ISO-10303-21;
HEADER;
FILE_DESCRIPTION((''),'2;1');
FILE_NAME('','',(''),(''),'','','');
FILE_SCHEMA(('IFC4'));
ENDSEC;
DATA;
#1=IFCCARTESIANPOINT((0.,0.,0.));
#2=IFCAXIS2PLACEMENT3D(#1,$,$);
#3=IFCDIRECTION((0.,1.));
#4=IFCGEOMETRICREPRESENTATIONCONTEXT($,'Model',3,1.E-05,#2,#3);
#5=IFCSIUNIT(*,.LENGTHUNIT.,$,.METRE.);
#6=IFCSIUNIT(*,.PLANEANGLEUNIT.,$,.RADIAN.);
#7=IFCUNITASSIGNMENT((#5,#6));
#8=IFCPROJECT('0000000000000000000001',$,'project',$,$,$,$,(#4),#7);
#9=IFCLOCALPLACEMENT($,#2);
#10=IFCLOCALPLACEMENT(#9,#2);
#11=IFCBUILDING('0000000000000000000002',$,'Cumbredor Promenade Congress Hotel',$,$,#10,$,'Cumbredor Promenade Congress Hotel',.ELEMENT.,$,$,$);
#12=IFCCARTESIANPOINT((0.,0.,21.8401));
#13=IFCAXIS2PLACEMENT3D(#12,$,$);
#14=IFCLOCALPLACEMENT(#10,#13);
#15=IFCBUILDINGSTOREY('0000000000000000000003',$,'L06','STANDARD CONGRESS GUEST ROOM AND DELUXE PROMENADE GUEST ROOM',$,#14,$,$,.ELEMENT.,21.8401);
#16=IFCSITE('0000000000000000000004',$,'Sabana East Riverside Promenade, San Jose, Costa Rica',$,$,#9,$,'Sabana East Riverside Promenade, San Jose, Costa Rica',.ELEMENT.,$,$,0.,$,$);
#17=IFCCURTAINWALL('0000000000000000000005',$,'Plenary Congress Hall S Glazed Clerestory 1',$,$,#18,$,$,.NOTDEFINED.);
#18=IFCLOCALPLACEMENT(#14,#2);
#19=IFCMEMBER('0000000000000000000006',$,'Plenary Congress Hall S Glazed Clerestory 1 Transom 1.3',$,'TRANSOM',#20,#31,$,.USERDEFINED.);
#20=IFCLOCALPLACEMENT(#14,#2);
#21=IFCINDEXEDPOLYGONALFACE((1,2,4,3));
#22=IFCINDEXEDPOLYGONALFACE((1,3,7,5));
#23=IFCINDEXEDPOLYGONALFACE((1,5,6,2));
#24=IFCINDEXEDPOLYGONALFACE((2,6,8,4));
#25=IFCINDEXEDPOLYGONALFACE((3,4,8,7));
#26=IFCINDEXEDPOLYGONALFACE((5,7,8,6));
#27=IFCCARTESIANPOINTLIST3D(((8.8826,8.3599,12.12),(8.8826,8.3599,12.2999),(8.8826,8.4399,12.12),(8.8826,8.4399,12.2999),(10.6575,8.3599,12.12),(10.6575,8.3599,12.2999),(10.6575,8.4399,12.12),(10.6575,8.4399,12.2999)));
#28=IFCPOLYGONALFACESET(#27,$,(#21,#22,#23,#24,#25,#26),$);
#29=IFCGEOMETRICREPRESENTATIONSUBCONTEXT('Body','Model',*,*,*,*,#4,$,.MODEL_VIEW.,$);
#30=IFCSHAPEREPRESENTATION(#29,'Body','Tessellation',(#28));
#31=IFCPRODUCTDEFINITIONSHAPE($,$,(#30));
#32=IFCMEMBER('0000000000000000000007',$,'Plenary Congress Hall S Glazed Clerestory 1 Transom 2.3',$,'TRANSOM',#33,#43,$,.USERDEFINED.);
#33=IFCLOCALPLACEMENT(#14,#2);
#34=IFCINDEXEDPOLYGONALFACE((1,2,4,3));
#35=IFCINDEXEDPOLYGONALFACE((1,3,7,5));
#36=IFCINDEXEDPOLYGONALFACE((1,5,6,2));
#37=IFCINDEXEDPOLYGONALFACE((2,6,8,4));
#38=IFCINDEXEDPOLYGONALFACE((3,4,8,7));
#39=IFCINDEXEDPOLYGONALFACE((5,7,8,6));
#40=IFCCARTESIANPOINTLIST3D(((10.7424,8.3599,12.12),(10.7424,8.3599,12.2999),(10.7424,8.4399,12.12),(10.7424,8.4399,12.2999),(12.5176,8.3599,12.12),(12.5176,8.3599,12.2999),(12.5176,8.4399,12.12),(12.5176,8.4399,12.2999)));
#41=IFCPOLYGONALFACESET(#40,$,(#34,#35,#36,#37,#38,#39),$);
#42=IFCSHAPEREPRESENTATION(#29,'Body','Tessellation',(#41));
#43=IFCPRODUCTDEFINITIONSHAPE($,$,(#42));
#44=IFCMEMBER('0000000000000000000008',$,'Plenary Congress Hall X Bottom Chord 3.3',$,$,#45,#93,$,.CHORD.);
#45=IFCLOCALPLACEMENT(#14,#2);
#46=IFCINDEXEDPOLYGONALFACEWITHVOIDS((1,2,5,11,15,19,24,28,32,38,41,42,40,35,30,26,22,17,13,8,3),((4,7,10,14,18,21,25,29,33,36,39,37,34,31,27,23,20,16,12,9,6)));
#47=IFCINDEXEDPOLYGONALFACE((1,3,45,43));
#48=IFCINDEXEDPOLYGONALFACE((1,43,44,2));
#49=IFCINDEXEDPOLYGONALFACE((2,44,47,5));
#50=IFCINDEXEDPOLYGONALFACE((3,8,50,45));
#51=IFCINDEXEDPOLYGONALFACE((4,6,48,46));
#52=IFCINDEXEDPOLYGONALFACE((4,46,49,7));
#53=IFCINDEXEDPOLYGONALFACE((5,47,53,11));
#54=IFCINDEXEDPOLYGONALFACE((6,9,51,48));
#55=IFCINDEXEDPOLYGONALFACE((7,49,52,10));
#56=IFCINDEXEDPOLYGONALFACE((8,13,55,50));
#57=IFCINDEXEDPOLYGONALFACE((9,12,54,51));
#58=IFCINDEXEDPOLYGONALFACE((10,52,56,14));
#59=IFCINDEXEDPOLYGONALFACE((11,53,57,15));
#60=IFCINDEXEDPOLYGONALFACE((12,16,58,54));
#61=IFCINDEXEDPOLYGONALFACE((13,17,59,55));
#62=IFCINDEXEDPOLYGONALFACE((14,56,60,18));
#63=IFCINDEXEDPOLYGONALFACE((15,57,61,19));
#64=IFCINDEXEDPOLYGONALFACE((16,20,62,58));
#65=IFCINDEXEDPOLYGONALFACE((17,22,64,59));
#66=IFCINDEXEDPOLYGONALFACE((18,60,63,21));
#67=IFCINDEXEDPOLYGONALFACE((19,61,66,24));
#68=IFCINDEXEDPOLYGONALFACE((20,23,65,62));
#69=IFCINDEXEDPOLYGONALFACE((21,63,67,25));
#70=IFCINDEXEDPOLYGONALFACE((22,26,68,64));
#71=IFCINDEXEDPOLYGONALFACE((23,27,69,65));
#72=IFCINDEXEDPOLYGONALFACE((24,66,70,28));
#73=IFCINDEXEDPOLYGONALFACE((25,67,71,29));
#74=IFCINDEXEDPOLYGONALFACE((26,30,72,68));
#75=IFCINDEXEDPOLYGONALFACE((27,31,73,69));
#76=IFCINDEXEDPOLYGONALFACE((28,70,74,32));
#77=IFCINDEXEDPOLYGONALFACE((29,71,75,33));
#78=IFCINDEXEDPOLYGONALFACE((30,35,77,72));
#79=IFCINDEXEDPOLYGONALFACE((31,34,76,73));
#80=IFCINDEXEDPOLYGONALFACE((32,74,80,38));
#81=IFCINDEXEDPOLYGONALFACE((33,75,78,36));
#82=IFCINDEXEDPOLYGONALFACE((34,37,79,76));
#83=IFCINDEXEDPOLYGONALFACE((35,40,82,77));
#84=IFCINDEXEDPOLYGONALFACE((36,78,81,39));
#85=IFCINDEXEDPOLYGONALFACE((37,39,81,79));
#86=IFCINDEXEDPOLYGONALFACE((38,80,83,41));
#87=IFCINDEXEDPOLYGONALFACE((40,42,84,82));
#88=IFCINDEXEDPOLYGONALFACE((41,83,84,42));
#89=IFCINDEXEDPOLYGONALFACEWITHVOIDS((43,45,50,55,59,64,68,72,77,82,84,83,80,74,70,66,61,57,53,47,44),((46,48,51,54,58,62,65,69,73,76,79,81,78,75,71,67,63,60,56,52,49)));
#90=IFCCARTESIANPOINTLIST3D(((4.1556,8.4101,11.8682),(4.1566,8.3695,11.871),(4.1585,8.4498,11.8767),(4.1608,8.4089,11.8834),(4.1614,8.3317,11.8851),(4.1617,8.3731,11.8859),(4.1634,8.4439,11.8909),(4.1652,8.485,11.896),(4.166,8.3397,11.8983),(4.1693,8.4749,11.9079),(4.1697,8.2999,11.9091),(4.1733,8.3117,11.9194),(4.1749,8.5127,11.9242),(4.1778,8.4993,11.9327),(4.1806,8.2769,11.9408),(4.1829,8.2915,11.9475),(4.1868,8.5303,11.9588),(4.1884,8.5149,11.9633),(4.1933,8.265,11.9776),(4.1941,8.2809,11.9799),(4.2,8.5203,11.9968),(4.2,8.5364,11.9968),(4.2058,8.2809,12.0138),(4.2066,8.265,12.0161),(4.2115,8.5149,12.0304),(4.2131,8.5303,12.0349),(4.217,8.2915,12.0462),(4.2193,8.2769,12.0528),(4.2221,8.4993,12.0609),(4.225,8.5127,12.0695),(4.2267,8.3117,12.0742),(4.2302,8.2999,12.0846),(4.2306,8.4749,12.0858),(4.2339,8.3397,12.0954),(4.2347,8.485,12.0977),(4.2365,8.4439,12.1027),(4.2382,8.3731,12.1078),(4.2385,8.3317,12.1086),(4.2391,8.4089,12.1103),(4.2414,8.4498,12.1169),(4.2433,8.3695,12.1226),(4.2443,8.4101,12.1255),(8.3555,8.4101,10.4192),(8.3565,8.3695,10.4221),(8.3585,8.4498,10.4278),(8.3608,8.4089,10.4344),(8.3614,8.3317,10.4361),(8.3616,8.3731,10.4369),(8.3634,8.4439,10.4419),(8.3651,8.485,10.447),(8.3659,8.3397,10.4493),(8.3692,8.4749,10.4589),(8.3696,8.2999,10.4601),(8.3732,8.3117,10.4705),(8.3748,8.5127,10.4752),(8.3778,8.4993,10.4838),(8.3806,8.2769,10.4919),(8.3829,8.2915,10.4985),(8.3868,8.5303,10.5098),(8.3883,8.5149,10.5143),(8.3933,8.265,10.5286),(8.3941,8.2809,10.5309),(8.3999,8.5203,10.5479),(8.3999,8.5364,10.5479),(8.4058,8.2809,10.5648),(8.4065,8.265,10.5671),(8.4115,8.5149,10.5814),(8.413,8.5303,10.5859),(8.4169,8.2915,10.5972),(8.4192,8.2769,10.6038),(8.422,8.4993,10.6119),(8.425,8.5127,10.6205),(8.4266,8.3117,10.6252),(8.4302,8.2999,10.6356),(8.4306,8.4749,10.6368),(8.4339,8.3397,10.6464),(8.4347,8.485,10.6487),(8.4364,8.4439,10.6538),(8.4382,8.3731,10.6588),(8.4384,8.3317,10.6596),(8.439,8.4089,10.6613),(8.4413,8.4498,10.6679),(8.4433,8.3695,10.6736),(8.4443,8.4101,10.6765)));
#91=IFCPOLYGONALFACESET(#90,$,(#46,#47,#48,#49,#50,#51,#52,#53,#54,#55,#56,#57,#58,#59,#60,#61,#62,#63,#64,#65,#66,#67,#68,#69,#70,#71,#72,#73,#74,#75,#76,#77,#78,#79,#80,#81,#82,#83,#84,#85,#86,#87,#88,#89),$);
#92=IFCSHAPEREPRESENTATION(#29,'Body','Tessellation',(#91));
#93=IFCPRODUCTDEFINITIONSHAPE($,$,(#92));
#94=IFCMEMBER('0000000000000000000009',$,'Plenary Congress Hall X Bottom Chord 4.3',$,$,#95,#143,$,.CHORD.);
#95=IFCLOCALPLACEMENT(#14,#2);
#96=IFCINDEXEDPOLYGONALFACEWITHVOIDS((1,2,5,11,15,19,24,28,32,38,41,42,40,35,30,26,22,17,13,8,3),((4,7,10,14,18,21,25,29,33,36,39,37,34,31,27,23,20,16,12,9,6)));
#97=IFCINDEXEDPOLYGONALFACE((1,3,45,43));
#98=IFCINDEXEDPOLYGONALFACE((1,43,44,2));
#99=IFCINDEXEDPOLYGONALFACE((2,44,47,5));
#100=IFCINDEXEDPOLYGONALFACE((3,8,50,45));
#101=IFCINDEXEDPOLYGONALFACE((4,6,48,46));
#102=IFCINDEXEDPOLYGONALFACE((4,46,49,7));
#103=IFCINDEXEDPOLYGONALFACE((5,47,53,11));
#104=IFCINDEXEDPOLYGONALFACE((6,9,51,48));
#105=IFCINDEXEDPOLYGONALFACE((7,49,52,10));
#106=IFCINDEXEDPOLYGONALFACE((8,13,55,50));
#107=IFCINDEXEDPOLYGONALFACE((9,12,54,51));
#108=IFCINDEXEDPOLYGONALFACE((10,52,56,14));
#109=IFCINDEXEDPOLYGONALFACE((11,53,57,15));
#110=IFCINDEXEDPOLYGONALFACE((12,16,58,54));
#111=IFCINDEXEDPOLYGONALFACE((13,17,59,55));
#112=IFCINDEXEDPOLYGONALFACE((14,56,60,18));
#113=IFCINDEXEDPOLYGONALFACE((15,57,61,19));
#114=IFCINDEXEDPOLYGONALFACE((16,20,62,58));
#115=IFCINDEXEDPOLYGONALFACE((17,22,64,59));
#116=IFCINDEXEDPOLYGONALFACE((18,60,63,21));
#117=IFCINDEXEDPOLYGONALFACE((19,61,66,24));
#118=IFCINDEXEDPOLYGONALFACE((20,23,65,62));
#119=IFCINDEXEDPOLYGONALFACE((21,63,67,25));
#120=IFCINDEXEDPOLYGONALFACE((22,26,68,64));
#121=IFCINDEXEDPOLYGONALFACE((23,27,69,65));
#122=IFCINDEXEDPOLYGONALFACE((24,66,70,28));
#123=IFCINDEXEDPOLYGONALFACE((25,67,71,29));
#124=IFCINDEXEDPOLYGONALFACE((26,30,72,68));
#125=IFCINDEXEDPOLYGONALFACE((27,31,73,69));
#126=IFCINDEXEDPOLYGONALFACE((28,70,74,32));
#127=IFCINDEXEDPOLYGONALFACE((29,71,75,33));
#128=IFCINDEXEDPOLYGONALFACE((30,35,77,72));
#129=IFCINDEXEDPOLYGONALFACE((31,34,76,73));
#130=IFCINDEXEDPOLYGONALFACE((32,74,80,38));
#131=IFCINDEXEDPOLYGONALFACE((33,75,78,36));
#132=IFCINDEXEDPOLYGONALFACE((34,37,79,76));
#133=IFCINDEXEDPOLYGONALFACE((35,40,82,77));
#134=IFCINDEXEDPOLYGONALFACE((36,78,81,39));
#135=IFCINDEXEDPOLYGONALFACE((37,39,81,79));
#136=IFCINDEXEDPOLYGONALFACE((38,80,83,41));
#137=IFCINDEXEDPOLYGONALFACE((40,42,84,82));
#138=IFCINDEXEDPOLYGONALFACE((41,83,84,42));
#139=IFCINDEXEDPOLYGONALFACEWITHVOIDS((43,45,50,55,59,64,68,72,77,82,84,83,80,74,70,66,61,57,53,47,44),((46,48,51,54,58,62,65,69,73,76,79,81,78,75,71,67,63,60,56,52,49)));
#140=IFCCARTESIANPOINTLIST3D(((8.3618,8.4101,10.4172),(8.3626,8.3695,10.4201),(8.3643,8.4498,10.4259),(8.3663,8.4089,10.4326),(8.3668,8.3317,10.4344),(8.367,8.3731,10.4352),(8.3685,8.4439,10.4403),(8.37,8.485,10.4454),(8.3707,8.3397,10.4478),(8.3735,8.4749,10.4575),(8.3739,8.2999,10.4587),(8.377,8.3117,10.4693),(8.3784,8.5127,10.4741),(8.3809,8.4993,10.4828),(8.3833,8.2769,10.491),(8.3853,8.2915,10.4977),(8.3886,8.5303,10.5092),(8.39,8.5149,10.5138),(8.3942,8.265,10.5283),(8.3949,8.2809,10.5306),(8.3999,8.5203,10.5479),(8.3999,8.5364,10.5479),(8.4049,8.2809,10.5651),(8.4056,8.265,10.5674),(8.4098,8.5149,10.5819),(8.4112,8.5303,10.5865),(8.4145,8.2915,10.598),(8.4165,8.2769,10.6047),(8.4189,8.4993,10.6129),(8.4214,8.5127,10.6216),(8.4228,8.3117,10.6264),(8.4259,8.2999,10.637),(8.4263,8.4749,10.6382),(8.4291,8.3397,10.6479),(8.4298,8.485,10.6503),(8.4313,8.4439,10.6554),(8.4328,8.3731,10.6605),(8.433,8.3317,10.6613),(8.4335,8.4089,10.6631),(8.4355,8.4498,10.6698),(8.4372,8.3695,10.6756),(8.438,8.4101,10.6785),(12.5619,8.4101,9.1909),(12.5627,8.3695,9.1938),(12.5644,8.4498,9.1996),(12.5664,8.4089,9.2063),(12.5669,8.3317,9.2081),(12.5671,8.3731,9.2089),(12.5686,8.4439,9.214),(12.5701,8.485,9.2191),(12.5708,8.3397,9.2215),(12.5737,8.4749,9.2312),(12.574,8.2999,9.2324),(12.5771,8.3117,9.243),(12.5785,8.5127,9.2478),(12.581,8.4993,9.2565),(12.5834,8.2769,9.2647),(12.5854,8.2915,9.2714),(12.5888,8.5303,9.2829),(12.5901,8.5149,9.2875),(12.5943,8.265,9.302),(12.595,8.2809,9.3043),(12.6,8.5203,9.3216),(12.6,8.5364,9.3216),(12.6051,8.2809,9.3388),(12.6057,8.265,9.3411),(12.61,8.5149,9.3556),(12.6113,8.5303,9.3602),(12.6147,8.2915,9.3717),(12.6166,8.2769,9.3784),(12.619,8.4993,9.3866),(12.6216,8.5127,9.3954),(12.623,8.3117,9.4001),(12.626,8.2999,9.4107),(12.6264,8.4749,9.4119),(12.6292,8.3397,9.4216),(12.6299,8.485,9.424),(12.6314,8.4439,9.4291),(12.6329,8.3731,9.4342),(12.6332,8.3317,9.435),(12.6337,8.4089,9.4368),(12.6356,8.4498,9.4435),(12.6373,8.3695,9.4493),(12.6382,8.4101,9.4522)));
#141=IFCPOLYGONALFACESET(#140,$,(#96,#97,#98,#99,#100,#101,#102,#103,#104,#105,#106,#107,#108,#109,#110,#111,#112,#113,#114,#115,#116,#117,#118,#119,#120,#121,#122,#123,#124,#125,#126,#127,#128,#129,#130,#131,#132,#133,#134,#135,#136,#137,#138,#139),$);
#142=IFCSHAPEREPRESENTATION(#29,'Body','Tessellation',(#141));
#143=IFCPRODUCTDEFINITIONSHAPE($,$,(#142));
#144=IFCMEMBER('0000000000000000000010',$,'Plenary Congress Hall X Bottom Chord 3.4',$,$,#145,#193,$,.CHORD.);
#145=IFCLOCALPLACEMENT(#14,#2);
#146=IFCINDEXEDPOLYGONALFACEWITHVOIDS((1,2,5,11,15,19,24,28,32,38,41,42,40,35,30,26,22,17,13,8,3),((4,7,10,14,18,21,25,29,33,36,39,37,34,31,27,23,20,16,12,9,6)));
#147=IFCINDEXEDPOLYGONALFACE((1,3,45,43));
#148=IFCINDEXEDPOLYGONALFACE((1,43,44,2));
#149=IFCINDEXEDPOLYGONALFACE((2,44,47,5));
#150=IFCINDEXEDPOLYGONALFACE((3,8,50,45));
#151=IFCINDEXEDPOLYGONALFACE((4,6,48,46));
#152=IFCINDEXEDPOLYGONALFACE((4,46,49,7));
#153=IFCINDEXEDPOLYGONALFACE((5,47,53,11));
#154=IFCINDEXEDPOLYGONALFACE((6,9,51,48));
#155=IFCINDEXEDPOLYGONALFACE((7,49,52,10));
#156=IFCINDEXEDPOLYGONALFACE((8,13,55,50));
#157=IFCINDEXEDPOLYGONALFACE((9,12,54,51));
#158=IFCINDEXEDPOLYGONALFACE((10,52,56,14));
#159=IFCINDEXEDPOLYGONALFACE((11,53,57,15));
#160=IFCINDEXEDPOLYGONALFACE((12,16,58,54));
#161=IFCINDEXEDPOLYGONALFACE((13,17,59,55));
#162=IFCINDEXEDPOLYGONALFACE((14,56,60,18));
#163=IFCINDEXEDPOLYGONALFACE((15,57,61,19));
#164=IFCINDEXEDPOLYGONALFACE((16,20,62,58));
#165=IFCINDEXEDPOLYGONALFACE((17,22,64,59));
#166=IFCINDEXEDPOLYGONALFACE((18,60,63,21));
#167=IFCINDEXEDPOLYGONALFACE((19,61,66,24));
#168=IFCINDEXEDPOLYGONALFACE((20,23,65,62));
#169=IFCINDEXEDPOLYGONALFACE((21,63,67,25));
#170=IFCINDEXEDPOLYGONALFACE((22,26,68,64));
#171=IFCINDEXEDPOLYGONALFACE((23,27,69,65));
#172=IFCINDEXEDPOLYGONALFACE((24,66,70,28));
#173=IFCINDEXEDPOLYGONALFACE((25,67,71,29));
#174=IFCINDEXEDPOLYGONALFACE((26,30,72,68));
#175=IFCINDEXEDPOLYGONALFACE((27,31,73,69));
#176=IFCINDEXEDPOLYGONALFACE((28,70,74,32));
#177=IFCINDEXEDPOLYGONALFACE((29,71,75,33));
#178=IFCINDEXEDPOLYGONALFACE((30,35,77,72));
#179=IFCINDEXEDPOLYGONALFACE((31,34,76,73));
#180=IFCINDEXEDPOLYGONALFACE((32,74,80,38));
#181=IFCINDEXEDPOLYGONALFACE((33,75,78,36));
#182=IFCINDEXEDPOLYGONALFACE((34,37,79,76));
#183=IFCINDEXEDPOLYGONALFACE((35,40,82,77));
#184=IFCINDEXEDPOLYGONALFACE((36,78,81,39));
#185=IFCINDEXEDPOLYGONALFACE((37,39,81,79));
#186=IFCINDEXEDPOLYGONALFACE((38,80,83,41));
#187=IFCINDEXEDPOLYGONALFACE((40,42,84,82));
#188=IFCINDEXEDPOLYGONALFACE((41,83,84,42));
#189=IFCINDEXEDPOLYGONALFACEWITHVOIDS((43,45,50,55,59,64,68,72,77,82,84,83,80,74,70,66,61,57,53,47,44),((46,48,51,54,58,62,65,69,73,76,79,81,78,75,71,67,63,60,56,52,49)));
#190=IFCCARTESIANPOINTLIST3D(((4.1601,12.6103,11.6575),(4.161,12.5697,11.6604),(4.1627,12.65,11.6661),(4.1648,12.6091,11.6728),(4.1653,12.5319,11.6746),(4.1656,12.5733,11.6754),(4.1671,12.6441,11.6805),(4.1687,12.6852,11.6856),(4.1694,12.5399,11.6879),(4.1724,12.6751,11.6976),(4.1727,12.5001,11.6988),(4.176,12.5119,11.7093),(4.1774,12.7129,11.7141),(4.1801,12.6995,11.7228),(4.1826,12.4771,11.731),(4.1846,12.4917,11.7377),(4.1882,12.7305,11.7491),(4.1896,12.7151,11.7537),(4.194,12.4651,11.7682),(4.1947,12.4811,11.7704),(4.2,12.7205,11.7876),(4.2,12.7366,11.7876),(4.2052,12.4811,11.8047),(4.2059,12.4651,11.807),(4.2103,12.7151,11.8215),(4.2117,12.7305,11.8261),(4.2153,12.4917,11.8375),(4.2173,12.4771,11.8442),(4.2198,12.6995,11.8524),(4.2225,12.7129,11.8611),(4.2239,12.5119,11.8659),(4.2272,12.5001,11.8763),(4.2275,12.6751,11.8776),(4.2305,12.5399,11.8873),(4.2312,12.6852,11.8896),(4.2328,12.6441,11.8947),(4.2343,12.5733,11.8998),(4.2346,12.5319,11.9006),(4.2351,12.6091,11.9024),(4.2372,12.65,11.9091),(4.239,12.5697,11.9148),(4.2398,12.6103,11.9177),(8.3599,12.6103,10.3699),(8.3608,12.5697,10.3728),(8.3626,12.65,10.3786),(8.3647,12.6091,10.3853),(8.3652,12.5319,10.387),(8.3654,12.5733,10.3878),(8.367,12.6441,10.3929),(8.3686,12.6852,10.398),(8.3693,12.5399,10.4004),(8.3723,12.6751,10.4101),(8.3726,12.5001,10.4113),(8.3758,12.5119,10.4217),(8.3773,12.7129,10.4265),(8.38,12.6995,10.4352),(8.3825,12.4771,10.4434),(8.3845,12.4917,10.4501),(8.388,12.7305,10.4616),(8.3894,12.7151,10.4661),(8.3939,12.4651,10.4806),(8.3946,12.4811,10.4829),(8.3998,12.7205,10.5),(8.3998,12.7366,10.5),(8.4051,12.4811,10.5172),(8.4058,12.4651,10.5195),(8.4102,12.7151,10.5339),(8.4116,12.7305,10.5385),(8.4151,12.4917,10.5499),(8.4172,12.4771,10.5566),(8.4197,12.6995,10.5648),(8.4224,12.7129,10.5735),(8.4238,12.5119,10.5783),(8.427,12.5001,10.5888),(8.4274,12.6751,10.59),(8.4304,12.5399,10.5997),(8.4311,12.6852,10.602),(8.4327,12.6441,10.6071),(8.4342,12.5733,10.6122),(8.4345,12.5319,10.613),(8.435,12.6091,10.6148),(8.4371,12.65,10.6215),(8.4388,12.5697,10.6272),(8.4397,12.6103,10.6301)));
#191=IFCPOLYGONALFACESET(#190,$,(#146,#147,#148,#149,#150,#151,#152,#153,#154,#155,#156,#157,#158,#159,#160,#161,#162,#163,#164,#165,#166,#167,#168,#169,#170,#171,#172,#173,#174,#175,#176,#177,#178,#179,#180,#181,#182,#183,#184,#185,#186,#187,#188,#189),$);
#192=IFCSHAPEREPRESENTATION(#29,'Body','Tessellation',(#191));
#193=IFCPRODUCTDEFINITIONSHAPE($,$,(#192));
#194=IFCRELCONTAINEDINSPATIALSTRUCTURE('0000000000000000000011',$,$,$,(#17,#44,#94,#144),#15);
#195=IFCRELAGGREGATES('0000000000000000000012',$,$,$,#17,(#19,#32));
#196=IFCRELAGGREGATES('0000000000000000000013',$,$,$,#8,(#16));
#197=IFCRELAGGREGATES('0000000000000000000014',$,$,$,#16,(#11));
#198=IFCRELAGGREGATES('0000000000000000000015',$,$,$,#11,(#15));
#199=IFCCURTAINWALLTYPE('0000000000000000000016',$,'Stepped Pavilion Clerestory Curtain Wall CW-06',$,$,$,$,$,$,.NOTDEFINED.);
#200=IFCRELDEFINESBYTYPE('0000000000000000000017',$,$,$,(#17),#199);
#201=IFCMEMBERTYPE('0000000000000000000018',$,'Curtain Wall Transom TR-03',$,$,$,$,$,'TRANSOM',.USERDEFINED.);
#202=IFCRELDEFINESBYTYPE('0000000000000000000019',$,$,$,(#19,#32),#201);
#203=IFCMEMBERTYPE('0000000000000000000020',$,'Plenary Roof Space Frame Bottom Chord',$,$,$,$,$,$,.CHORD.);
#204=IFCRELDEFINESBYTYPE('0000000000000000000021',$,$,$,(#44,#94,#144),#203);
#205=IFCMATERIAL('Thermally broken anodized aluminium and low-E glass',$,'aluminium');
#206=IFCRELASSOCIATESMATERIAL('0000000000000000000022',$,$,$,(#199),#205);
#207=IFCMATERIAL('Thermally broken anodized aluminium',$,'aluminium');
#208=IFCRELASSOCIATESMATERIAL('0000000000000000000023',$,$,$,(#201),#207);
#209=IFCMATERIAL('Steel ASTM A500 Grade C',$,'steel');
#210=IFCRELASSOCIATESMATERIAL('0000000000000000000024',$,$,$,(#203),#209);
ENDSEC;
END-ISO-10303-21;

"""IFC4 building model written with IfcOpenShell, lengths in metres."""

from ifc_helpers import new_model, si_unit, direction, frame, origin, origin_2d, place, context, subcontext, project, spatial, rectangle, hollow_circle, extrude, material, material_profile, profile_set, type_object, element, aggregate, save


model = new_model("IFC4")

# Units and contexts
model_context = context("Model", 3, precision=1e-05, world=origin(), true_north=direction((0.0, 1.0)))
body_context = subcontext(model_context, "Body", "Model", "MODEL_VIEW")
ifc_project = project(units=[si_unit("LENGTHUNIT", "METRE"), si_unit("PLANEANGLEUNIT", "RADIAN")], contexts=[model_context])

# Site, building, storey
site_placement = place(None, origin())
site = spatial("IfcSite", under=ifc_project, at=site_placement, Name="Sabana East Riverside Promenade, San Jose, Costa Rica", LongName="Sabana East Riverside Promenade, San Jose, Costa Rica", CompositionType="ELEMENT", RefElevation=0.0)
building_placement = place(site_placement, origin())
building = spatial("IfcBuilding", under=site, at=building_placement, Name="Cumbredor Promenade Congress Hotel", LongName="Cumbredor Promenade Congress Hotel", CompositionType="ELEMENT")
storey_placement = place(building_placement, frame((0.0, 0.0, 21.8401)))
storey = spatial("IfcBuildingStorey", under=building, at=storey_placement, Name="L06", Description="STANDARD CONGRESS GUEST ROOM AND DELUXE PROMENADE GUEST ROOM", CompositionType="ELEMENT", Elevation=21.8401)

# Curtain wall, members
ifc_material_1 = material(Name="Thermally broken anodized aluminium and low-E glass", Category="aluminium")
curtain_wall_type = type_object("IfcCurtainWallType", Name="Stepped Pavilion Clerestory Curtain Wall CW-06", PredefinedType="NOTDEFINED", material=ifc_material_1)
curtain_wall_placement = place(storey_placement, origin())
curtain_wall = element("IfcCurtainWall", 1, at=curtain_wall_placement, inside=storey, type_object=curtain_wall_type, Name="Plenary Congress Hall S Glazed Clerestory 1", PredefinedType="NOTDEFINED")
ifc_material_2 = material(Name="Thermally broken anodized aluminium", Category="aluminium")
ifc_material_profile_1 = material_profile(ifc_material_2, rectangle(XDim=0.0801, YDim=0.1799, at=origin_2d()), Name="ALU TRANSOM 80x180")
ifc_profile_set_1 = profile_set([ifc_material_profile_1], Name="Thermally broken anodized aluminium")
member_type_1 = type_object("IfcMemberType", Name="Curtain Wall Transom TR-03", ElementType="TRANSOM", PredefinedType="USERDEFINED", material=ifc_profile_set_1)
member_1_placement = place(storey_placement, frame((8.8826, 8.3999, 12.21), z_axis=(1.0, 0.0, 0.0), x_axis=(0.0, 1.0, 0.0)))
member_1 = element("IfcMember", 2, at=member_1_placement, type_object=member_type_1, Name="Plenary Congress Hall S Glazed Clerestory 1 Transom 1.3", ObjectType="TRANSOM", PredefinedType="USERDEFINED", context=body_context, shape_type="SweptSolid", body=[
    extrude(rectangle(XDim=0.0801, YDim=0.1799, at=origin_2d()), origin(), (0.0, 0.0, 1.0), 1.7749),
])
member_2_placement = place(storey_placement, frame((10.7424, 8.3999, 12.21), z_axis=(1.0, 0.0, 0.0), x_axis=(0.0, 1.0, 0.0)))
member_2 = element("IfcMember", 3, at=member_2_placement, type_object=member_type_1, Name="Plenary Congress Hall S Glazed Clerestory 1 Transom 2.3", ObjectType="TRANSOM", PredefinedType="USERDEFINED", context=body_context, shape_type="SweptSolid", body=[
    extrude(rectangle(XDim=0.0801, YDim=0.1799, at=origin_2d()), origin(), (0.0, 0.0, 1.0), 1.7751),
])
aggregate(curtain_wall, [member_1, member_2])

# Members
ifc_material_3 = material(Name="Steel ASTM A500 Grade C", Category="steel")
ifc_material_profile_2 = material_profile(ifc_material_3, hollow_circle(Radius=0.1365, WallThickness=0.0161, at=origin_2d()), Name="CHS 273.0x16")
ifc_profile_set_2 = profile_set([ifc_material_profile_2], Name="Steel ASTM A500 Grade C")
member_type_2 = type_object("IfcMemberType", Name="Plenary Roof Space Frame Bottom Chord", PredefinedType="CHORD", material=ifc_profile_set_2)
member_3_placement = place(storey_placement, frame((4.2, 8.3999, 11.9968), z_axis=(0.945323, 0.0, -0.326135), x_axis=(0.0, 1.0, 0.0)))
element("IfcMember", 4, at=member_3_placement, inside=storey, type_object=member_type_2, Name="Plenary Congress Hall X Bottom Chord 3.3", PredefinedType="CHORD", context=body_context, shape_type="SweptSolid", body=[
    extrude(hollow_circle(Radius=0.1365, WallThickness=0.0161, at=origin_2d()), origin(), (0.0, 0.0, 1.0), 4.4429),
])
member_4_placement = place(storey_placement, frame((8.3999, 8.3999, 10.5479), z_axis=(0.959922, 0.0, -0.280266), x_axis=(0.0, 1.0, 0.0)))
element("IfcMember", 5, at=member_4_placement, inside=storey, type_object=member_type_2, Name="Plenary Congress Hall X Bottom Chord 4.3", PredefinedType="CHORD", context=body_context, shape_type="SweptSolid", body=[
    extrude(hollow_circle(Radius=0.1365, WallThickness=0.0161, at=origin_2d()), origin(), (0.0, 0.0, 1.0), 4.3755),
])
member_5_placement = place(storey_placement, frame((4.2, 12.6001, 11.7876), z_axis=(0.956079, 0.0, -0.293109), x_axis=(0.0, 1.0, 0.0)))
element("IfcMember", 6, at=member_5_placement, inside=storey, type_object=member_type_2, Name="Plenary Congress Hall X Bottom Chord 3.4", PredefinedType="CHORD", context=body_context, shape_type="SweptSolid", body=[
    extrude(hollow_circle(Radius=0.1365, WallThickness=0.0161, at=origin_2d()), origin(), (0.0, 0.0, 1.0), 4.3928),
])

save(model, "model.ifc")
